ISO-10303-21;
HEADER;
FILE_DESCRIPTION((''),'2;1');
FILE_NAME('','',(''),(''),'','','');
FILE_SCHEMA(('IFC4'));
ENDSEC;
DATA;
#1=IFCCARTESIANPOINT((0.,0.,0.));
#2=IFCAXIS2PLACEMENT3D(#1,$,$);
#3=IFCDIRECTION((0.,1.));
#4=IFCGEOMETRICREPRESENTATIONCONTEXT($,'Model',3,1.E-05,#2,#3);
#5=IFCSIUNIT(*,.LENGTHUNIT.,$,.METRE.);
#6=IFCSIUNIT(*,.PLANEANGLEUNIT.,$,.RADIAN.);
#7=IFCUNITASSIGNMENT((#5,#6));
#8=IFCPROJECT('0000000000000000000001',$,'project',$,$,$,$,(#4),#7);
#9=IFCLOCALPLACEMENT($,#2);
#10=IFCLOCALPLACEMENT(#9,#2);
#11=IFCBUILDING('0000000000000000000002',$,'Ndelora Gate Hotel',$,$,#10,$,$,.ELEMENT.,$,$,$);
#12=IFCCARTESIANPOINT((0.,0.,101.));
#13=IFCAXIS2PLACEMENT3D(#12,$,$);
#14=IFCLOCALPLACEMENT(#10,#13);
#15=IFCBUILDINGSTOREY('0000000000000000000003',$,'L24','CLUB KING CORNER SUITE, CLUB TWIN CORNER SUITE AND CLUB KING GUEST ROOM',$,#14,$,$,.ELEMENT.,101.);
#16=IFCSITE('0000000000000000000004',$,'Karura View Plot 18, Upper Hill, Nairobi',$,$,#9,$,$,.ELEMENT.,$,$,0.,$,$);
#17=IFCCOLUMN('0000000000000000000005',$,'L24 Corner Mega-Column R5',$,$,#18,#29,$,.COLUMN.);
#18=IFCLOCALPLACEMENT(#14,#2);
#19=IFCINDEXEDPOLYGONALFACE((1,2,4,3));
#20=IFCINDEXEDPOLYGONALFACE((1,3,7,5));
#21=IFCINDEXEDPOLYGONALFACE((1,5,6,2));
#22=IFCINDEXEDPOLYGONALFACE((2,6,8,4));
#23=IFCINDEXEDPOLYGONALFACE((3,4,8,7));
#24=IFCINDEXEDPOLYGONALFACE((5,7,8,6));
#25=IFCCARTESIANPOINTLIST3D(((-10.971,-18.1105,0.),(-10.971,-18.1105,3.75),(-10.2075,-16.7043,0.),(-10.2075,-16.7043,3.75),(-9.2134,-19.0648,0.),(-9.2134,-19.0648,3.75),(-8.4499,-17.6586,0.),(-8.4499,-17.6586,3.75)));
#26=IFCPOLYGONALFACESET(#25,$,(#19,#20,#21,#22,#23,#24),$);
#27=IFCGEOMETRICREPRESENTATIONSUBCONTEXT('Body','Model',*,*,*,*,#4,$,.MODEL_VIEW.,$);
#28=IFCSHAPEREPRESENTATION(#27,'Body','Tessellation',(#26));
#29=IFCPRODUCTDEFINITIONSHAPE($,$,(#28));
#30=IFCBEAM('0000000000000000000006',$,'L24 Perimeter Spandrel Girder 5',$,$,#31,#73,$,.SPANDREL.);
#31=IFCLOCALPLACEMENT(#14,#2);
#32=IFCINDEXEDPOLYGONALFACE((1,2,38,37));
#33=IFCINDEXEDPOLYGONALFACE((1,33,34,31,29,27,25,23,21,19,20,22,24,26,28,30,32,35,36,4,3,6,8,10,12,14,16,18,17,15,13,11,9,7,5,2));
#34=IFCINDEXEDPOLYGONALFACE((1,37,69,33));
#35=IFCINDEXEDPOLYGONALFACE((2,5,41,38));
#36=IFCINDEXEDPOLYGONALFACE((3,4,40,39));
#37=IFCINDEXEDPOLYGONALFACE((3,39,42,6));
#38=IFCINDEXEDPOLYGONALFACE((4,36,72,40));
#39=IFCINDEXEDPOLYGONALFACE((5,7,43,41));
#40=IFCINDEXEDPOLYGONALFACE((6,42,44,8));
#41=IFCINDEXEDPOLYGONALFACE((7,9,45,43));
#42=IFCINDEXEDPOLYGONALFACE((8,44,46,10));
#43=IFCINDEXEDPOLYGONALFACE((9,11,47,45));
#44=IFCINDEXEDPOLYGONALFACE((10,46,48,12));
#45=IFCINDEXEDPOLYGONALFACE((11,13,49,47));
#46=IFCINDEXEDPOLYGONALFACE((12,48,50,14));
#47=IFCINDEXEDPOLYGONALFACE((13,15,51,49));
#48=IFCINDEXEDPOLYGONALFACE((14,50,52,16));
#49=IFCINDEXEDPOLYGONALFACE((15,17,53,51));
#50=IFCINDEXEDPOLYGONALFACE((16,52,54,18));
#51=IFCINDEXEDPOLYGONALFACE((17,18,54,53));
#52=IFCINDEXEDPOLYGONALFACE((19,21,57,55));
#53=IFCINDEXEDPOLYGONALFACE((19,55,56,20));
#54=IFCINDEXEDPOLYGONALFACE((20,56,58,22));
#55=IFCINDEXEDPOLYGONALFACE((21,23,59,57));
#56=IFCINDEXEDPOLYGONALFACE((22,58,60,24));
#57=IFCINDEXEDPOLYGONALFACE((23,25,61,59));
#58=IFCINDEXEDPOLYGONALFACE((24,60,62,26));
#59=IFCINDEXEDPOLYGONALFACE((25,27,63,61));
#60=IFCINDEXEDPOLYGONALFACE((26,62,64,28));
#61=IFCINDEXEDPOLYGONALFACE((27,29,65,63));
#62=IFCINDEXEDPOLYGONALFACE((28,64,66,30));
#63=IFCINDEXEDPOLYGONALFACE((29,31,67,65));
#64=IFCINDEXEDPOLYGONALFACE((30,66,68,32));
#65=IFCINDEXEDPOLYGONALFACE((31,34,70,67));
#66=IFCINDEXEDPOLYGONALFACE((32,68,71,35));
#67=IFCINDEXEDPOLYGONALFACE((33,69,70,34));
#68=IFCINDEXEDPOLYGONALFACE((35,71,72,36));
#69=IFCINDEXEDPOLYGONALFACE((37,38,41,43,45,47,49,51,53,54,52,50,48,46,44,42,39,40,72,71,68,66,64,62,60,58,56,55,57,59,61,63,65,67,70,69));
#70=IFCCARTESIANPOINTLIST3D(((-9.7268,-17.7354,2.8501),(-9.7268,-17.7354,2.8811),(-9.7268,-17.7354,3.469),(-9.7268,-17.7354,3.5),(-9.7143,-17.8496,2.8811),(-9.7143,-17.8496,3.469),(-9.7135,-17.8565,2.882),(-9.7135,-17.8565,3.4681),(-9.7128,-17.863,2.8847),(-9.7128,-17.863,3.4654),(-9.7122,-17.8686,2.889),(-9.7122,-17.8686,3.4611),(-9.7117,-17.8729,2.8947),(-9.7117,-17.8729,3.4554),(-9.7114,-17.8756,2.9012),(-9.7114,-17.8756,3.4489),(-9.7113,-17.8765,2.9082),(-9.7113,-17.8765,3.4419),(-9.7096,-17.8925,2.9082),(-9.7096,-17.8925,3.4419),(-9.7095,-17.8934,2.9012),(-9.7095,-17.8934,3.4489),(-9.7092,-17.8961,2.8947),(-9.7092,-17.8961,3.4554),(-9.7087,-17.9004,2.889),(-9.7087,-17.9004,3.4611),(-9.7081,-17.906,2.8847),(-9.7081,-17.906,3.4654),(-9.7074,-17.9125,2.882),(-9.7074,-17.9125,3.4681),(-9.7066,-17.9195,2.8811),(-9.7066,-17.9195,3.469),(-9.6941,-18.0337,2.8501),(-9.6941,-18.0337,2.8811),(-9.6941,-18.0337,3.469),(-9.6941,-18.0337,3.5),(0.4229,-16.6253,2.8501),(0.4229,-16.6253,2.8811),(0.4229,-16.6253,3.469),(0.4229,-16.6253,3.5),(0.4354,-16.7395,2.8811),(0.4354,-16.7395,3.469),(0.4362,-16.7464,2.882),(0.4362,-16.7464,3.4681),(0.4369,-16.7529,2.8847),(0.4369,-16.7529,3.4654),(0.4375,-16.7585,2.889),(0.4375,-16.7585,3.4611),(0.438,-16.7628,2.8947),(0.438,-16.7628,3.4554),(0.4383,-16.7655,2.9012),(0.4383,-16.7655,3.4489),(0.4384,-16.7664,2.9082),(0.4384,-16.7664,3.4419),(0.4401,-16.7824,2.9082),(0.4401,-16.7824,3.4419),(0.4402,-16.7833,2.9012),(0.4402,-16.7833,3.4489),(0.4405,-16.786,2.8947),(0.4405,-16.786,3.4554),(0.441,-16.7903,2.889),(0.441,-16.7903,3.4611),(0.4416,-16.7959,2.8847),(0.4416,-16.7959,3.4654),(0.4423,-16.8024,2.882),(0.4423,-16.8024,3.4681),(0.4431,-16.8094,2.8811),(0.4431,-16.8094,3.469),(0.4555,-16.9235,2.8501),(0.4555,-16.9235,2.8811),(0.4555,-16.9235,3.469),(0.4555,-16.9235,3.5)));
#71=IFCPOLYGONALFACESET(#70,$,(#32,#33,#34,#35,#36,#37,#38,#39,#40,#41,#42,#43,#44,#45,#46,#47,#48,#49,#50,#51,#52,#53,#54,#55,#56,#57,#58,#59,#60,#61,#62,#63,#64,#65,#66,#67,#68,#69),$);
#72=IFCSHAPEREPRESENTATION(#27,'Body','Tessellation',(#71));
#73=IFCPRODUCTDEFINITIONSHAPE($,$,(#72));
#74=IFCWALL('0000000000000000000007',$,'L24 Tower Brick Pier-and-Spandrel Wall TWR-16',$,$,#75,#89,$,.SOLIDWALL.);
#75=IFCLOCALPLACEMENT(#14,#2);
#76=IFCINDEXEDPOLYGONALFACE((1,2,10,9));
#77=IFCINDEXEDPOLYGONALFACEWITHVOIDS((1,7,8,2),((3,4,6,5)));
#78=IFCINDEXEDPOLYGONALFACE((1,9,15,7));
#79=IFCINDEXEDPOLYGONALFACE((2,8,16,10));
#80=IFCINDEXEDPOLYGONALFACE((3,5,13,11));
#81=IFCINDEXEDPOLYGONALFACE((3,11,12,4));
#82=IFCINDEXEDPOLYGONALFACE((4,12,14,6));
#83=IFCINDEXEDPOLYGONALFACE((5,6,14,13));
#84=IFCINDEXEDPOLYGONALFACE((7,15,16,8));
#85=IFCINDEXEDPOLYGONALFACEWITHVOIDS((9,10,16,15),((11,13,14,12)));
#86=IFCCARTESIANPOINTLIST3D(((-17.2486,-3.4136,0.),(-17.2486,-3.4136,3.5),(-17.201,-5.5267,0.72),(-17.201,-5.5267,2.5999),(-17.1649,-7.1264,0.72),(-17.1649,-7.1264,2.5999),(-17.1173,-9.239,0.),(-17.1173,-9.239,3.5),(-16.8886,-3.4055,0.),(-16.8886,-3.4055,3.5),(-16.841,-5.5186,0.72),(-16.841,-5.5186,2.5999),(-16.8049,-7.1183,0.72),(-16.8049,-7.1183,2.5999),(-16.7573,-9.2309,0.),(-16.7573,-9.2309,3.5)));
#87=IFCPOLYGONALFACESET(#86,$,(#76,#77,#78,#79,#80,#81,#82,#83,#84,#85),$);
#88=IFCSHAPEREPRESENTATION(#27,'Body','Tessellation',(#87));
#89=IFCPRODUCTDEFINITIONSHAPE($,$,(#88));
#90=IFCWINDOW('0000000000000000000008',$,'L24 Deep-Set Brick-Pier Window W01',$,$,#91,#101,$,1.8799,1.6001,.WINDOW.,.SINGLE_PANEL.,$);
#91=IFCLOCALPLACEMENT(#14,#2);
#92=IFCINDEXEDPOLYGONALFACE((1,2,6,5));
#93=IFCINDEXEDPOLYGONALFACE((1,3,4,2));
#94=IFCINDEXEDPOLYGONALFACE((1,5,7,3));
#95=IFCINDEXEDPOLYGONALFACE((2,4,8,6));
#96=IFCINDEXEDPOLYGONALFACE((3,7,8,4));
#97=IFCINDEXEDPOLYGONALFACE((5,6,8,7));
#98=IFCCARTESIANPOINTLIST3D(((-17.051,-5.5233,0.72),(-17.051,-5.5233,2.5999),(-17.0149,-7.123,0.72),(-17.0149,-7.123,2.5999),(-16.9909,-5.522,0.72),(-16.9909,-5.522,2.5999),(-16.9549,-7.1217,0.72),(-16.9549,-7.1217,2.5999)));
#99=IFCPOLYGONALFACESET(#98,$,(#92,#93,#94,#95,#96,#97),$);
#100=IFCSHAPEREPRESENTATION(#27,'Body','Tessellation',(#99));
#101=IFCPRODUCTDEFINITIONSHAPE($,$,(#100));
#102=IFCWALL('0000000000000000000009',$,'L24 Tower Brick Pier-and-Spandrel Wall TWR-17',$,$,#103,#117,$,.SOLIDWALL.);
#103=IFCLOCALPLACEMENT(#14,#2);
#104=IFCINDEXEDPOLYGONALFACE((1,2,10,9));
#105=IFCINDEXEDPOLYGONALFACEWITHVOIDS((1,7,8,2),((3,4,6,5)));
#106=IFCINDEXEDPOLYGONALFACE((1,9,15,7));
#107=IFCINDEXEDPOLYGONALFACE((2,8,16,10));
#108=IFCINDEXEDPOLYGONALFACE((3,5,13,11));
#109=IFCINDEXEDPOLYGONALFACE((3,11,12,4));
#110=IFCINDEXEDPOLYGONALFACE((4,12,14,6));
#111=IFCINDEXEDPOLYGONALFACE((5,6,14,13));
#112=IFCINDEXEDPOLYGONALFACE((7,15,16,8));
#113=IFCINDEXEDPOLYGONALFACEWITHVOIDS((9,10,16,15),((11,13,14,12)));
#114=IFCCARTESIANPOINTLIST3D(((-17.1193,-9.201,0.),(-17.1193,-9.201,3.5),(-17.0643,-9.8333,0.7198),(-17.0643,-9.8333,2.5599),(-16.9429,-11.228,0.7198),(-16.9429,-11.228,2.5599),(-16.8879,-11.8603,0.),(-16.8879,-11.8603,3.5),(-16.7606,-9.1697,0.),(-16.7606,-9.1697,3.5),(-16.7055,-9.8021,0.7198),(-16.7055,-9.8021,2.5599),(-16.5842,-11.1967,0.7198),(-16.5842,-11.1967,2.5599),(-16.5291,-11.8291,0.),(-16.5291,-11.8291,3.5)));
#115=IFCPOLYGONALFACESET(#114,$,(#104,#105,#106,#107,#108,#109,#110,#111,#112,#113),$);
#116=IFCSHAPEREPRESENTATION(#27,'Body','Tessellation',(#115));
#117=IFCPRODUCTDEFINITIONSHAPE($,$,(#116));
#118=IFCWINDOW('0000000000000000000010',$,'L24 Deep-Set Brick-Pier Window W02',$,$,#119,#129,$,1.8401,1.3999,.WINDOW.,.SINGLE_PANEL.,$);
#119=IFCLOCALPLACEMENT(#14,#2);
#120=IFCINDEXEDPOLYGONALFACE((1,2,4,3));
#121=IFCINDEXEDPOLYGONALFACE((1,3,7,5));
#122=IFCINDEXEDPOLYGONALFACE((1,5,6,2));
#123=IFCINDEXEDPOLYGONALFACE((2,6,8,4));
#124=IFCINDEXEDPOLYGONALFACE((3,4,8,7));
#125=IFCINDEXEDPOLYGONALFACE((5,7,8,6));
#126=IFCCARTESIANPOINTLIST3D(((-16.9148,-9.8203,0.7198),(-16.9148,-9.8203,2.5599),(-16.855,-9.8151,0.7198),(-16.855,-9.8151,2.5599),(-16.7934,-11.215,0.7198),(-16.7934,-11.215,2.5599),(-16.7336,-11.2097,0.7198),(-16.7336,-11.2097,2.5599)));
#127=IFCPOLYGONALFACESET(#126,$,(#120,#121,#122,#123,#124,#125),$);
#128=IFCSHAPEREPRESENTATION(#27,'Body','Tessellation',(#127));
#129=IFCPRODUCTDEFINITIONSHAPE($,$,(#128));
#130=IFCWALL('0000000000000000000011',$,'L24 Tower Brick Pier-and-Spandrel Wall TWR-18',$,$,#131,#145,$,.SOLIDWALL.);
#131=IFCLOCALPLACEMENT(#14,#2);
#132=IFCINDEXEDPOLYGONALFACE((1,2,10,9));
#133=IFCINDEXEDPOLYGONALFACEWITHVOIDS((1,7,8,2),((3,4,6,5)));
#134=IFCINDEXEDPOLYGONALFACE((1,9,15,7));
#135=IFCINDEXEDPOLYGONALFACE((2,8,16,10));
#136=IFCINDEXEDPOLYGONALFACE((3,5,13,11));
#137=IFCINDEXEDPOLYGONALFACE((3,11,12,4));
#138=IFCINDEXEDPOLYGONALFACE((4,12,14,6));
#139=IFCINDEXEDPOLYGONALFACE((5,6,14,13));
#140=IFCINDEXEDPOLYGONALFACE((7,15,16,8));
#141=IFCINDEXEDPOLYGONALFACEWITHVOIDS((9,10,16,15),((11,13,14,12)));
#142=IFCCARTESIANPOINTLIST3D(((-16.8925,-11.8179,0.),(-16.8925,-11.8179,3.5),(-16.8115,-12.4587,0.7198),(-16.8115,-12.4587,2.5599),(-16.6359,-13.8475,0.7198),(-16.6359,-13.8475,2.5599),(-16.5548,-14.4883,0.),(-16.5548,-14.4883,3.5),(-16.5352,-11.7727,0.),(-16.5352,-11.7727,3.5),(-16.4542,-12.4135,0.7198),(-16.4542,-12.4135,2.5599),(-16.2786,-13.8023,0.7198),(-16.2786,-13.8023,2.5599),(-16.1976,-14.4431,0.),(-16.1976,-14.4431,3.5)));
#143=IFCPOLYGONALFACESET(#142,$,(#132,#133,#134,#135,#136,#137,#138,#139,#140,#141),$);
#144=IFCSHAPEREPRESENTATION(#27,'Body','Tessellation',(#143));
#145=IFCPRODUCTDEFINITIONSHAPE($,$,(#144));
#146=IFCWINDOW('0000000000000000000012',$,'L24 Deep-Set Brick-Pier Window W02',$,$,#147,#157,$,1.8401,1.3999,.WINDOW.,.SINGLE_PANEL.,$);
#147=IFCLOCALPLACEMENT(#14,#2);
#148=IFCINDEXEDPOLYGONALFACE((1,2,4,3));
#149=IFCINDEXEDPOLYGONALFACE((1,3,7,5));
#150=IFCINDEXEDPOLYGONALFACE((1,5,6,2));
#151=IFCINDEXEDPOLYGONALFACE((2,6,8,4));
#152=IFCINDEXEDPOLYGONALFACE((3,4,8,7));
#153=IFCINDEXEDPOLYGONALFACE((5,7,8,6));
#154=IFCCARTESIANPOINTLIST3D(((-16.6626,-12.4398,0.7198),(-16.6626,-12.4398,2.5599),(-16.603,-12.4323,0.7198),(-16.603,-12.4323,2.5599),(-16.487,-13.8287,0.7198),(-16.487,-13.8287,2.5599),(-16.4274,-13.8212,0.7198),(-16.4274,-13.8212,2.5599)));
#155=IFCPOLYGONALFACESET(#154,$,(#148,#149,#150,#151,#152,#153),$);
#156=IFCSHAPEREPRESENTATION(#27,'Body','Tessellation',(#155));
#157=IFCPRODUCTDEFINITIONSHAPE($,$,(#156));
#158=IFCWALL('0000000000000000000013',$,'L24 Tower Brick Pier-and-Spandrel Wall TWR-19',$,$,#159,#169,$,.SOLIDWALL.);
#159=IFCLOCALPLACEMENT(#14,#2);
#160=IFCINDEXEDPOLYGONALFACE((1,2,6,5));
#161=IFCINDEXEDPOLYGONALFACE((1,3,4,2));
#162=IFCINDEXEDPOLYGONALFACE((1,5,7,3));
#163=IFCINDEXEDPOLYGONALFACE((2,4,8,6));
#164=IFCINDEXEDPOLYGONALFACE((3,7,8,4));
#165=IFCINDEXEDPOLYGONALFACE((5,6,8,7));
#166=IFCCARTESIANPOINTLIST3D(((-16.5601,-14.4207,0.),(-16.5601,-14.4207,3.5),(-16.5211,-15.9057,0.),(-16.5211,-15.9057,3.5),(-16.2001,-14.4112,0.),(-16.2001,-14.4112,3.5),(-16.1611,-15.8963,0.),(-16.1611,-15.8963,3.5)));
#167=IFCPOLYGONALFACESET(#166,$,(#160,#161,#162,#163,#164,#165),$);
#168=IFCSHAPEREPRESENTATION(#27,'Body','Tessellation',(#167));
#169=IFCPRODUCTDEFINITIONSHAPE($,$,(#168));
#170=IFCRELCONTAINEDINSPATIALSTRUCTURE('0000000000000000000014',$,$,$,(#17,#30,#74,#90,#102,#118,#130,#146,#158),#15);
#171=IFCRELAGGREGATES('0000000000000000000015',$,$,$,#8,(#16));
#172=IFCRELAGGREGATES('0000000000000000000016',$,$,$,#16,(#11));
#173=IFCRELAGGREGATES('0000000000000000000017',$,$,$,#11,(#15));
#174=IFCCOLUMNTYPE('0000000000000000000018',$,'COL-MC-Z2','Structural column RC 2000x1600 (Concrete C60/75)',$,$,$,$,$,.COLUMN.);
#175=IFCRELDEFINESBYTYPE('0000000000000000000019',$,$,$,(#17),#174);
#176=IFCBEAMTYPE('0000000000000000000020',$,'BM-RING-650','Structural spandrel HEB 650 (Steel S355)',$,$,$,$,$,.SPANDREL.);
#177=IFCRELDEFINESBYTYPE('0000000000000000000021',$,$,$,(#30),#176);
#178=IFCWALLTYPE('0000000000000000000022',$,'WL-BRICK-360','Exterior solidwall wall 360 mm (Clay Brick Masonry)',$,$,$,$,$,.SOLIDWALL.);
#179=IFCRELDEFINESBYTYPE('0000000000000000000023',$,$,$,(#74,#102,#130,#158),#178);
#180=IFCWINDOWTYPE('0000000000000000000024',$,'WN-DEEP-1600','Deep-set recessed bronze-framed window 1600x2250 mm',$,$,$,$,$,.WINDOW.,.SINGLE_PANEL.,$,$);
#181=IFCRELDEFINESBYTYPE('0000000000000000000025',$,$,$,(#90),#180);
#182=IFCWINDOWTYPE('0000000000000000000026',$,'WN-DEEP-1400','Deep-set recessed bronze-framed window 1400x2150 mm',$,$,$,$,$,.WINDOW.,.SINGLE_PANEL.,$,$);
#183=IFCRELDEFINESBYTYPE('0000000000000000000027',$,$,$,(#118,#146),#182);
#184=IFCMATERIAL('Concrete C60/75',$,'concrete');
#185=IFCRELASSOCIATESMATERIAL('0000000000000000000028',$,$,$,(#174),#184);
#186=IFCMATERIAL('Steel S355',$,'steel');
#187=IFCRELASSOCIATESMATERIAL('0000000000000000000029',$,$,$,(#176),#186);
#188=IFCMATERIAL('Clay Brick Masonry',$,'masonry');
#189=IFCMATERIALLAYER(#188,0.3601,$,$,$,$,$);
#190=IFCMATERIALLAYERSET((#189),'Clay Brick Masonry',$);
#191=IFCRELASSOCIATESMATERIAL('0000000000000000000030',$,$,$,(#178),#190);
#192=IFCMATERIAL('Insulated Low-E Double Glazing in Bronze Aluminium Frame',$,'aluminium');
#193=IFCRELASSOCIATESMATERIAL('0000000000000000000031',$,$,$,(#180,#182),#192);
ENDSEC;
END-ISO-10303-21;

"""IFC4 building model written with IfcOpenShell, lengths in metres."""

from ifc_helpers import new_model, si_unit, direction, frame, frame_2d, origin, origin_2d, place, context, subcontext, project, spatial, rectangle, i_section, extrude, material, layer, layer_set, material_profile, profile_set, type_object, element, fill, save


model = new_model("IFC4")

# Units and contexts
model_context = context("Model", 3, precision=1e-05, world=origin(), true_north=direction((0.0, 1.0)))
body_context = subcontext(model_context, "Body", "Model", "MODEL_VIEW")
ifc_project = project(units=[si_unit("LENGTHUNIT", "METRE"), si_unit("PLANEANGLEUNIT", "RADIAN")], contexts=[model_context])

# Site, building, storey
site_placement = place(None, origin())
site = spatial("IfcSite", under=ifc_project, at=site_placement, Name="Karura View Plot 18, Upper Hill, Nairobi", CompositionType="ELEMENT", RefElevation=0.0)
building_placement = place(site_placement, origin())
building = spatial("IfcBuilding", under=site, at=building_placement, Name="Ndelora Gate Hotel", CompositionType="ELEMENT")
storey_placement = place(building_placement, frame((0.0, 0.0, 101.0)))
storey = spatial("IfcBuildingStorey", under=building, at=storey_placement, Name="L24", Description="CLUB KING CORNER SUITE, CLUB TWIN CORNER SUITE AND CLUB KING GUEST ROOM", CompositionType="ELEMENT", Elevation=101.0)

# Column
ifc_material_1 = material(Name="Concrete C60/75", Category="concrete")
ifc_material_profile_1 = material_profile(ifc_material_1, rectangle(XDim=1.6001, YDim=2.0, at=origin_2d()), Name="RC 2000x1600")
ifc_profile_set_1 = profile_set([ifc_material_profile_1], Name="Concrete C60/75")
column_type = type_object("IfcColumnType", Name="COL-MC-Z2", Description="Structural column RC 2000x1600 (Concrete C60/75)", PredefinedType="COLUMN", material=ifc_profile_set_1)
column_placement = place(storey_placement, frame((-9.7104, -17.8845, 0.0), z_axis=(0.0, 0.0, 1.0), x_axis=(0.477159, 0.878817, 0.0)))
element("IfcColumn", 1, at=column_placement, inside=storey, type_object=column_type, Name="L24 Corner Mega-Column R5", PredefinedType="COLUMN", context=body_context, shape_type="SweptSolid", body=[
    extrude(rectangle(XDim=1.6001, YDim=2.0, at=origin_2d()), origin(), (0.0, 0.0, 1.0), 3.75),
])

# Beam
ifc_material_2 = material(Name="Steel S355", Category="steel")
ifc_material_profile_2 = material_profile(ifc_material_2, i_section(OverallWidth=0.3, OverallDepth=0.6499, WebThickness=0.0161, FlangeThickness=0.031, FilletRadius=0.0271, at=origin_2d()), Name="HEB 650")
ifc_profile_set_2 = profile_set([ifc_material_profile_2], Name="Steel S355")
beam_type = type_object("IfcBeamType", Name="BM-RING-650", Description="Structural spandrel HEB 650 (Steel S355)", PredefinedType="SPANDREL", material=ifc_profile_set_2)
beam_placement = place(storey_placement, frame((-9.7104, -17.8845, 3.175), z_axis=(0.994072, 0.108725, 0.0), x_axis=(-0.108725, 0.994072, 0.0)))
element("IfcBeam", 2, at=beam_placement, inside=storey, type_object=beam_type, Name="L24 Perimeter Spandrel Girder 5", PredefinedType="SPANDREL", context=body_context, shape_type="SweptSolid", body=[
    extrude(i_section(OverallWidth=0.3, OverallDepth=0.6499, WebThickness=0.0161, FlangeThickness=0.031, FilletRadius=0.0271, at=origin_2d()), origin(), (0.0, 0.0, 1.0), 10.2102),
])

# Walls, openings, windows
ifc_material_3 = material(Name="Clay Brick Masonry", Category="masonry")
ifc_layer_1 = layer(ifc_material_3, 0.3601)
ifc_layer_set_1 = layer_set([ifc_layer_1], Name="Clay Brick Masonry")
wall_type_1 = type_object("IfcWallType", Name="WL-BRICK-360", Description="Exterior solidwall wall 360 mm (Clay Brick Masonry)", PredefinedType="SOLIDWALL", material=ifc_layer_set_1)
wall_1_placement = place(storey_placement, frame((-16.9373, -9.2351, 0.0), z_axis=(0.0, 0.0, 1.0), x_axis=(-0.022542, 0.999746, 0.0)))
wall_1 = element("IfcWall", 3, at=wall_1_placement, inside=storey, type_object=wall_type_1, Name="L24 Tower Brick Pier-and-Spandrel Wall TWR-16", PredefinedType="SOLIDWALL", context=body_context, shape_type="SweptSolid", body=[
    extrude(rectangle(XDim=5.8269, YDim=0.3601, at=frame_2d((2.9136, 0.0))), origin(), (0.0, 0.0, 1.0), 3.5),
])
opening_1_placement = place(wall_1_placement, frame((2.1133, 0.0, 0.72)))
opening_1 = element("IfcOpeningElement", 4, at=opening_1_placement, cuts=wall_1, PredefinedType="OPENING", context=body_context, shape_type="SweptSolid", body=[
    extrude(rectangle(XDim=1.6001, YDim=1.8799, at=frame_2d((0.8, 0.9399))), frame((0.0, 0.1899, 0.0), z_axis=(0.0, -1.0, 0.0), x_axis=(1.0, 0.0, 0.0)), (0.0, 0.0, 1.0), 0.3801),
])
ifc_material_4 = material(Name="Insulated Low-E Double Glazing in Bronze Aluminium Frame", Category="aluminium")
window_type_1 = type_object("IfcWindowType", Name="WN-DEEP-1600", Description="Deep-set recessed bronze-framed window 1600x2250 mm", PartitioningType="SINGLE_PANEL", PredefinedType="WINDOW", material=ifc_material_4)
window_1_placement = place(opening_1_placement, origin())
window_1 = element("IfcWindow", 5, at=window_1_placement, inside=storey, type_object=window_type_1, Name="L24 Deep-Set Brick-Pier Window W01", OverallHeight=1.8799, OverallWidth=1.6001, PartitioningType="SINGLE_PANEL", PredefinedType="WINDOW", context=body_context, shape_type="SweptSolid", body=[
    extrude(rectangle(XDim=1.6001, YDim=1.8799, at=frame_2d((0.8, 0.9399))), frame((0.0, 0.03, 0.0), z_axis=(0.0, -1.0, 0.0), x_axis=(1.0, 0.0, 0.0)), (0.0, 0.0, 1.0), 0.0601),
])
fill(opening_1, window_1)
wall_2_placement = place(storey_placement, frame((-16.7085, -11.8447, 0.0), z_axis=(0.0, 0.0, 1.0), x_axis=(-0.086701, 0.996234, 0.0)))
wall_2 = element("IfcWall", 6, at=wall_2_placement, inside=storey, type_object=wall_type_1, Name="L24 Tower Brick Pier-and-Spandrel Wall TWR-17", PredefinedType="SOLIDWALL", context=body_context, shape_type="SweptSolid", body=[
    extrude(rectangle(XDim=2.6694, YDim=0.3601, at=frame_2d((1.3347, 0.0))), origin(), (0.0, 0.0, 1.0), 3.5),
])
opening_2_placement = place(wall_2_placement, frame((0.6348, 0.0, 0.72)))
opening_2 = element("IfcOpeningElement", 7, at=opening_2_placement, cuts=wall_2, PredefinedType="OPENING", context=body_context, shape_type="SweptSolid", body=[
    extrude(rectangle(XDim=1.3999, YDim=1.8401, at=frame_2d((0.7, 0.9199))), frame((0.0, 0.1899, 0.0), z_axis=(0.0, -1.0, 0.0), x_axis=(1.0, 0.0, 0.0)), (0.0, 0.0, 1.0), 0.3801),
])
window_type_2 = type_object("IfcWindowType", Name="WN-DEEP-1400", Description="Deep-set recessed bronze-framed window 1400x2150 mm", PartitioningType="SINGLE_PANEL", PredefinedType="WINDOW", material=ifc_material_4)
window_2_placement = place(opening_2_placement, origin())
window_2 = element("IfcWindow", 8, at=window_2_placement, inside=storey, type_object=window_type_2, Name="L24 Deep-Set Brick-Pier Window W02", OverallHeight=1.8401, OverallWidth=1.3999, PartitioningType="SINGLE_PANEL", PredefinedType="WINDOW", context=body_context, shape_type="SweptSolid", body=[
    extrude(rectangle(XDim=1.3999, YDim=1.8401, at=frame_2d((0.7, 0.9199))), frame((0.0, 0.03, 0.0), z_axis=(0.0, -1.0, 0.0), x_axis=(1.0, 0.0, 0.0)), (0.0, 0.0, 1.0), 0.0601),
])
fill(opening_2, window_2)
wall_3_placement = place(storey_placement, frame((-16.3762, -14.4656, 0.0), z_axis=(0.0, 0.0, 1.0), x_axis=(-0.125441, 0.992101, 0.0)))
wall_3 = element("IfcWall", 9, at=wall_3_placement, inside=storey, type_object=wall_type_1, Name="L24 Tower Brick Pier-and-Spandrel Wall TWR-18", PredefinedType="SOLIDWALL", context=body_context, shape_type="SweptSolid", body=[
    extrude(rectangle(XDim=2.6917, YDim=0.3601, at=frame_2d((1.3457, 0.0))), origin(), (0.0, 0.0, 1.0), 3.5),
])
opening_3_placement = place(wall_3_placement, frame((0.6458, 0.0, 0.72)))
opening_3 = element("IfcOpeningElement", 10, at=opening_3_placement, cuts=wall_3, PredefinedType="OPENING", context=body_context, shape_type="SweptSolid", body=[
    extrude(rectangle(XDim=1.3999, YDim=1.8401, at=frame_2d((0.7, 0.9199))), frame((0.0, 0.1899, 0.0), z_axis=(0.0, -1.0, 0.0), x_axis=(1.0, 0.0, 0.0)), (0.0, 0.0, 1.0), 0.3801),
])
window_3_placement = place(opening_3_placement, origin())
window_3 = element("IfcWindow", 11, at=window_3_placement, inside=storey, type_object=window_type_2, Name="L24 Deep-Set Brick-Pier Window W02", OverallHeight=1.8401, OverallWidth=1.3999, PartitioningType="SINGLE_PANEL", PredefinedType="WINDOW", context=body_context, shape_type="SweptSolid", body=[
    extrude(rectangle(XDim=1.3999, YDim=1.8401, at=frame_2d((0.7, 0.9199))), frame((0.0, 0.03, 0.0), z_axis=(0.0, -1.0, 0.0), x_axis=(1.0, 0.0, 0.0)), (0.0, 0.0, 1.0), 0.0601),
])
fill(opening_3, window_3)

# Wall
for number, where, z_axis, x_axis, name in (
    (12, (-16.3411, -15.9009, 0.0), (0.0, 0.0, 1.0), (-0.026294, 0.999654, 0.0), "L24 Tower Brick Pier-and-Spandrel Wall TWR-19"),
):
    element("IfcWall", number, at=place(storey_placement, frame(where, z_axis=z_axis, x_axis=x_axis)), inside=storey, type_object=wall_type_1, Name=name, PredefinedType="SOLIDWALL", context=body_context, shape_type="SweptSolid", body=[
        extrude(rectangle(XDim=1.4856, YDim=0.3601, at=frame_2d((0.7427, 0.0))), origin(), (0.0, 0.0, 1.0), 3.5),
    ])

save(model, "model.ifc")
